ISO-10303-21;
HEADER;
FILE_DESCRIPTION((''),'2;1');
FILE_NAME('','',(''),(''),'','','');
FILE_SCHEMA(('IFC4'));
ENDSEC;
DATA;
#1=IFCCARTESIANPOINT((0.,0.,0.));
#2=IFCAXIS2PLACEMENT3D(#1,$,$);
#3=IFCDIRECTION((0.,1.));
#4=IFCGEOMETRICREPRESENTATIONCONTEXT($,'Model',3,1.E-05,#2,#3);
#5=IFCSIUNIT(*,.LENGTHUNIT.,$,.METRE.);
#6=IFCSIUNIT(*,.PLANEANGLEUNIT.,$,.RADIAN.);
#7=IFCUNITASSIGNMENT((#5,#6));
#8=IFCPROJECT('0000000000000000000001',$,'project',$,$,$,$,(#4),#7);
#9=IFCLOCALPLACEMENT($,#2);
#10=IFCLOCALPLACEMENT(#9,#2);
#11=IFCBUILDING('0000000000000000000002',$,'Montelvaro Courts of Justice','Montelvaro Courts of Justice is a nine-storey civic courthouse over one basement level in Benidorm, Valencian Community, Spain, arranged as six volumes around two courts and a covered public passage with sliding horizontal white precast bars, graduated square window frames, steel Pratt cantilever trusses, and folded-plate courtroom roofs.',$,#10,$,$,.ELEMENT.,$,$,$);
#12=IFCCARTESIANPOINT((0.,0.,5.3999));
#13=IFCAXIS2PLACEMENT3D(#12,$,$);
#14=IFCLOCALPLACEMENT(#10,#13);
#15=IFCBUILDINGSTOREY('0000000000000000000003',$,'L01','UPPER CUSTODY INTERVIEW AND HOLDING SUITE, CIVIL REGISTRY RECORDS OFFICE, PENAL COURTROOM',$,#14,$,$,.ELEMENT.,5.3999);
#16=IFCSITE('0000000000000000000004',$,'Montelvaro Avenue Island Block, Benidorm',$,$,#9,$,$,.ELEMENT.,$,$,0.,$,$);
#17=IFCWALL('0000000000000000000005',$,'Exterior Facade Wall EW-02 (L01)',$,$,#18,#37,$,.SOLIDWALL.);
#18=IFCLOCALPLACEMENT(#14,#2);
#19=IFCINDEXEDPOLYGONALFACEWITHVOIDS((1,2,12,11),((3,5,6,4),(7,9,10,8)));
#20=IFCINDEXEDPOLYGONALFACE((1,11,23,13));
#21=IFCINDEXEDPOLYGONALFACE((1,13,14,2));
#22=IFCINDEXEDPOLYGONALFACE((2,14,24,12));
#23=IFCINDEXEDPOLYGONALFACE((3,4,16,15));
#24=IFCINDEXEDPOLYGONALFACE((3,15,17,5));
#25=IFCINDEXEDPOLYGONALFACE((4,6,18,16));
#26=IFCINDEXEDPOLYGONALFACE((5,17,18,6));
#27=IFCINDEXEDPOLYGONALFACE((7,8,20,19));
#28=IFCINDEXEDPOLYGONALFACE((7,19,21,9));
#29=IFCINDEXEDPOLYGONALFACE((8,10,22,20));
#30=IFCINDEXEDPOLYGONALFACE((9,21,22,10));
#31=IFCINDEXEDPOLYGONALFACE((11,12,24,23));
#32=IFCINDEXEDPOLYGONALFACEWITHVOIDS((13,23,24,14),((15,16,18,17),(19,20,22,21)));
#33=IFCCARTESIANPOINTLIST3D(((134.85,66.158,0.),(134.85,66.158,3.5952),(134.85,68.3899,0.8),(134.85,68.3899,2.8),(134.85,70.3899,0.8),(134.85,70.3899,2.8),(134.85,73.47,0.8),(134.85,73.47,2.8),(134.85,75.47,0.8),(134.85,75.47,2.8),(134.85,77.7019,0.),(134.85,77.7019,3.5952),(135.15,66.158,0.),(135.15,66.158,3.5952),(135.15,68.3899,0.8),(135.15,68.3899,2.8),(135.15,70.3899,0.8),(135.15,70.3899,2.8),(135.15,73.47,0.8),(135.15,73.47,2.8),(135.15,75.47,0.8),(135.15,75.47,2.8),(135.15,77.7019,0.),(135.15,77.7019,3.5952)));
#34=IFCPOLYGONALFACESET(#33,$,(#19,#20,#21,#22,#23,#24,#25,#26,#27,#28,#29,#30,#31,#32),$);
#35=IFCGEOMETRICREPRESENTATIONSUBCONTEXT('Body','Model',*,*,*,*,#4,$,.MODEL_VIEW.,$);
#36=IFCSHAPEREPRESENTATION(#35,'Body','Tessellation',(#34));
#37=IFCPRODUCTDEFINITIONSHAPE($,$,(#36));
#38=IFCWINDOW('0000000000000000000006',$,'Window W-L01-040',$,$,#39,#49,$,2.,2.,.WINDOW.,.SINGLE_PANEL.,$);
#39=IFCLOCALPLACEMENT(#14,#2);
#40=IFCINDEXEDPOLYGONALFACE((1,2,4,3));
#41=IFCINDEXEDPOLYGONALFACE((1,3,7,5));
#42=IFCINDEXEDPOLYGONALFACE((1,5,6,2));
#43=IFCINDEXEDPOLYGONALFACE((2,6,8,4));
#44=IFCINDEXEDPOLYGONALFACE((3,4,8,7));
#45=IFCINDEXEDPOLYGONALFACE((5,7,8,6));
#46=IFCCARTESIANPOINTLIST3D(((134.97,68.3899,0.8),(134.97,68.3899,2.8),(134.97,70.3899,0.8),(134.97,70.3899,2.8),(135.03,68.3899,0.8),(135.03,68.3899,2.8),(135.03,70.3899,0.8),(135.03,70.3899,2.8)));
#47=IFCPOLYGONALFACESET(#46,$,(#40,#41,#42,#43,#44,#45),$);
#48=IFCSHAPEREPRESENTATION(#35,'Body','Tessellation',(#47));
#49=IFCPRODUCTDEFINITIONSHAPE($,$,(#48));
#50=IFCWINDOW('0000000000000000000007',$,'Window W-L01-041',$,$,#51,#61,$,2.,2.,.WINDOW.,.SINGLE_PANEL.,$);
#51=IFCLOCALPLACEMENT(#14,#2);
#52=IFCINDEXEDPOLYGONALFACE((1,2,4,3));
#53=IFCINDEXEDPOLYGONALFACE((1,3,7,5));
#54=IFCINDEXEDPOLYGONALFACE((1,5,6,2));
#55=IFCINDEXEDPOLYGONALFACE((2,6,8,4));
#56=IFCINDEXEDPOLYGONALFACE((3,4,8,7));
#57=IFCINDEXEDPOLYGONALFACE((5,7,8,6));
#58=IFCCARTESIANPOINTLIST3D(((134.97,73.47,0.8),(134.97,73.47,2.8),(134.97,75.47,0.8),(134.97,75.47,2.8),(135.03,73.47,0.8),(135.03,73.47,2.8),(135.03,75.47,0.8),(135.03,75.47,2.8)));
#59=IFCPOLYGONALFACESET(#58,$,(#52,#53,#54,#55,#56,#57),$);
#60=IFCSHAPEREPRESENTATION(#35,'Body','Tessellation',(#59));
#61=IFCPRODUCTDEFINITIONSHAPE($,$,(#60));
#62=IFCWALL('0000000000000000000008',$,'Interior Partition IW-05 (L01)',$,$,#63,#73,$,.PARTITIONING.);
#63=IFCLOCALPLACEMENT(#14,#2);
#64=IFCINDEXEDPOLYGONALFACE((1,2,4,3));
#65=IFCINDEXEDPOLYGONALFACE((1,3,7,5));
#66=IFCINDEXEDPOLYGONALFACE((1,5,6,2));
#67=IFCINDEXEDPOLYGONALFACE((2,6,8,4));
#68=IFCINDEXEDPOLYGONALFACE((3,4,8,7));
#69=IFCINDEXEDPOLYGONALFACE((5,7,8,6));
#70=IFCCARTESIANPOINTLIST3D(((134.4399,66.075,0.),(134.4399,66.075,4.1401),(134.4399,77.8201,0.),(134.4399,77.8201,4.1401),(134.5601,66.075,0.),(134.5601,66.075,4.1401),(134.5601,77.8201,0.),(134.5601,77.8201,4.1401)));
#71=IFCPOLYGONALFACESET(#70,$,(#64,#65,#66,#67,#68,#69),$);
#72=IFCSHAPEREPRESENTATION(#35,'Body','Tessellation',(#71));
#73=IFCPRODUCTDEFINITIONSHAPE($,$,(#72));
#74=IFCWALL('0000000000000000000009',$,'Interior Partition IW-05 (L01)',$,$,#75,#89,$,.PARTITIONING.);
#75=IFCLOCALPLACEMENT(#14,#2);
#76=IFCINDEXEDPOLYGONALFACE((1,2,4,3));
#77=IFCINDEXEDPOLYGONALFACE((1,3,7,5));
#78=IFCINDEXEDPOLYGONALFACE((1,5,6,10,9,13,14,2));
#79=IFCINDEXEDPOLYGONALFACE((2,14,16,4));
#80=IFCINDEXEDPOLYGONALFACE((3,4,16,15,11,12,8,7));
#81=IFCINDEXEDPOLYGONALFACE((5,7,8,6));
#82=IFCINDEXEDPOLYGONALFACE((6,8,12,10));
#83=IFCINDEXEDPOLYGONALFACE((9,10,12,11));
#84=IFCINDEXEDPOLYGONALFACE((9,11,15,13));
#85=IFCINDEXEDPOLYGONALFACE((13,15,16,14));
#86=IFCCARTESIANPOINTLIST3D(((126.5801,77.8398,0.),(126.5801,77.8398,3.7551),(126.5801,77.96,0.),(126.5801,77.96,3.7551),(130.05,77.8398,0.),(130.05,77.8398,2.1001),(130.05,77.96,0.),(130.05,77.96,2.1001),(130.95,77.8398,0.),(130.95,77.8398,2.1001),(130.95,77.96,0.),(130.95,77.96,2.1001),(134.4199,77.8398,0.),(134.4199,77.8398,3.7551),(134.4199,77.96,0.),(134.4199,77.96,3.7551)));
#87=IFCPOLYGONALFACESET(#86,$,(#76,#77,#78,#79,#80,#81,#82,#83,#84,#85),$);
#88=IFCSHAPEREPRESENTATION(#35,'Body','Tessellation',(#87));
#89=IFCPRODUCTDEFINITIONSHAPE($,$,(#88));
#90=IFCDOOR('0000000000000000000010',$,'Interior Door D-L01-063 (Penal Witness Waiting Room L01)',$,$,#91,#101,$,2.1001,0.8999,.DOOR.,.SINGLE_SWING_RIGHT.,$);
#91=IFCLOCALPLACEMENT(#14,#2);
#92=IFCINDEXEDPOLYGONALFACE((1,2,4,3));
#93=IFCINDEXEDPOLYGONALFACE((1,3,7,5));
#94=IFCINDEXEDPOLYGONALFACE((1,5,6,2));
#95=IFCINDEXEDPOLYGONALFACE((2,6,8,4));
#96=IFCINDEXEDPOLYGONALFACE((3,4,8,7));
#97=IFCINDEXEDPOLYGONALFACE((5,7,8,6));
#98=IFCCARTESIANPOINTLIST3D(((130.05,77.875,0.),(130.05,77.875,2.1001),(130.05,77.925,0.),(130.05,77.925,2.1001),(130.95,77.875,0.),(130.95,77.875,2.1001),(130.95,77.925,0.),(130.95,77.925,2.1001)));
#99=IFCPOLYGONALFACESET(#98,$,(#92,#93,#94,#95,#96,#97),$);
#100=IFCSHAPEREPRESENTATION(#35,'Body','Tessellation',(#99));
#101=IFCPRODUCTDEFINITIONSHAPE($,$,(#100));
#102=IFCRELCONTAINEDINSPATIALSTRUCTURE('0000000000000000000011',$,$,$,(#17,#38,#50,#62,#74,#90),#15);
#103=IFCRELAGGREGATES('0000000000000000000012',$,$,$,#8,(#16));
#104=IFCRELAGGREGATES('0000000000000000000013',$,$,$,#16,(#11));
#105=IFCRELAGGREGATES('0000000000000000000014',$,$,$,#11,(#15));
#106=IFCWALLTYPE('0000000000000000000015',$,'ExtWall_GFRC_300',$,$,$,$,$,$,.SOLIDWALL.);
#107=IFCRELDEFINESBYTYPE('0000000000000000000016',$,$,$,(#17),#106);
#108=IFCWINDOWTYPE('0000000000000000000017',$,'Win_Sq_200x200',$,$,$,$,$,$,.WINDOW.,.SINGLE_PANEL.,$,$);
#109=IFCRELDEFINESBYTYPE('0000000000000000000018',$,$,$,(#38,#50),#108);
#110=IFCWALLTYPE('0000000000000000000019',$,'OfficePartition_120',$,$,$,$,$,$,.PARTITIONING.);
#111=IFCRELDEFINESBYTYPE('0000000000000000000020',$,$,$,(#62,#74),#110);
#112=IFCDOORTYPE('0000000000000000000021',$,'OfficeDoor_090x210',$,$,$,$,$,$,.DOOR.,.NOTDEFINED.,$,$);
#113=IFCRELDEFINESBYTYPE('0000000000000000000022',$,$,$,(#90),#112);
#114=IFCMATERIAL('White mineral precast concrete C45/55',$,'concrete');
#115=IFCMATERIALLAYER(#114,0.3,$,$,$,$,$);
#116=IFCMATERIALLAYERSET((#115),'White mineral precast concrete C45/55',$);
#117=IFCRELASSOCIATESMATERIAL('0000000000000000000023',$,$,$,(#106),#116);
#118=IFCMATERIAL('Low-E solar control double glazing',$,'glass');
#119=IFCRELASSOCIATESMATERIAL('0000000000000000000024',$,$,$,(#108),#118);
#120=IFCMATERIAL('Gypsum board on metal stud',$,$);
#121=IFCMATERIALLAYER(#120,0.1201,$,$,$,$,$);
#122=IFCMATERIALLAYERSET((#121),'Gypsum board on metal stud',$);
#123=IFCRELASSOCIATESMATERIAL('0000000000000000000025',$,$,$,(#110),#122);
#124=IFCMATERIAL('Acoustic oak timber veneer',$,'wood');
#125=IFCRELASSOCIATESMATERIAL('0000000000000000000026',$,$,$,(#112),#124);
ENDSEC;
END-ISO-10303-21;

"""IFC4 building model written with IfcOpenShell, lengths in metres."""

from ifc_helpers import new_model, si_unit, direction, frame, frame_2d, origin, place, context, subcontext, project, spatial, rectangle, extrude, material, layer, layer_set, type_object, element, fill, save


model = new_model("IFC4")

# Units and contexts
model_context = context("Model", 3, precision=1e-05, world=origin(), true_north=direction((0.0, 1.0)))
body_context = subcontext(model_context, "Body", "Model", "MODEL_VIEW")
ifc_project = project(units=[si_unit("LENGTHUNIT", "METRE"), si_unit("PLANEANGLEUNIT", "RADIAN")], contexts=[model_context])

# Site, building, storey
site_placement = place(None, origin())
site = spatial("IfcSite", under=ifc_project, at=site_placement, Name="Montelvaro Avenue Island Block, Benidorm", CompositionType="ELEMENT", RefElevation=0.0)
building_placement = place(site_placement, origin())
building = spatial("IfcBuilding", under=site, at=building_placement, Name="Montelvaro Courts of Justice", Description="Montelvaro Courts of Justice is a nine-storey civic courthouse over one basement level in Benidorm, Valencian Community, Spain, arranged as six volumes around two courts and a covered public passage with sliding horizontal white precast bars, graduated square window frames, steel Pratt cantilever trusses, and folded-plate courtroom roofs.", CompositionType="ELEMENT")
storey_placement = place(building_placement, frame((0.0, 0.0, 5.3999)))
storey = spatial("IfcBuildingStorey", under=building, at=storey_placement, Name="L01", Description="UPPER CUSTODY INTERVIEW AND HOLDING SUITE, CIVIL REGISTRY RECORDS OFFICE, PENAL COURTROOM", CompositionType="ELEMENT", Elevation=5.3999)

# Shared definitions
ifc_material_1 = material(Name="White mineral precast concrete C45/55", Category="concrete")

# Wall, openings, windows
ifc_layer_1 = layer(ifc_material_1, 0.3)
ifc_layer_set_1 = layer_set([ifc_layer_1], Name="White mineral precast concrete C45/55")
wall_type_1 = type_object("IfcWallType", Name="ExtWall_GFRC_300", PredefinedType="SOLIDWALL", material=ifc_layer_set_1)
wall_1_placement = place(storey_placement, frame((135.0, 66.158, 0.0), z_axis=(0.0, 0.0, 1.0), x_axis=(0.0, 1.0, 0.0)))
wall_1 = element("IfcWall", 1, at=wall_1_placement, inside=storey, type_object=wall_type_1, Name="Exterior Facade Wall EW-02 (L01)", PredefinedType="SOLIDWALL", context=body_context, shape_type="SweptSolid", body=[
    extrude(rectangle(XDim=11.5439, YDim=0.3, at=frame_2d((5.772, 0.0))), origin(), (0.0, 0.0, 1.0), 3.5952),
])
opening_1_placement = place(wall_1_placement, frame((2.2319, 0.0, 0.8)))
opening_1 = element("IfcOpeningElement", 2, at=opening_1_placement, cuts=wall_1, PredefinedType="OPENING", context=body_context, shape_type="SweptSolid", body=[
    extrude(rectangle(XDim=2.0, YDim=2.0, at=frame_2d((1.0, 1.0))), frame((0.0, 0.165, 0.0), z_axis=(0.0, -1.0, 0.0), x_axis=(1.0, 0.0, 0.0)), (0.0, 0.0, 1.0), 0.3298),
])
opening_2_placement = place(wall_1_placement, frame((7.312, 0.0, 0.8)))
opening_2 = element("IfcOpeningElement", 3, at=opening_2_placement, cuts=wall_1, PredefinedType="OPENING", context=body_context, shape_type="SweptSolid", body=[
    extrude(rectangle(XDim=2.0, YDim=2.0, at=frame_2d((1.0, 1.0))), frame((0.0, 0.165, 0.0), z_axis=(0.0, -1.0, 0.0), x_axis=(1.0, 0.0, 0.0)), (0.0, 0.0, 1.0), 0.3298),
])
ifc_material_2 = material(Name="Low-E solar control double glazing", Category="glass")
window_type = type_object("IfcWindowType", Name="Win_Sq_200x200", PartitioningType="SINGLE_PANEL", PredefinedType="WINDOW", material=ifc_material_2)
window_1_placement = place(opening_1_placement, origin())
window_1 = element("IfcWindow", 4, at=window_1_placement, inside=storey, type_object=window_type, Name="Window W-L01-040", OverallHeight=2.0, OverallWidth=2.0, PartitioningType="SINGLE_PANEL", PredefinedType="WINDOW", context=body_context, shape_type="SweptSolid", body=[
    extrude(rectangle(XDim=2.0, YDim=2.0, at=frame_2d((1.0, 1.0))), frame((0.0, 0.03, 0.0), z_axis=(0.0, -1.0, 0.0), x_axis=(1.0, 0.0, 0.0)), (0.0, 0.0, 1.0), 0.0601),
])
fill(opening_1, window_1)
window_2_placement = place(opening_2_placement, origin())
window_2 = element("IfcWindow", 5, at=window_2_placement, inside=storey, type_object=window_type, Name="Window W-L01-041", OverallHeight=2.0, OverallWidth=2.0, PartitioningType="SINGLE_PANEL", PredefinedType="WINDOW", context=body_context, shape_type="SweptSolid", body=[
    extrude(rectangle(XDim=2.0, YDim=2.0, at=frame_2d((1.0, 1.0))), frame((0.0, 0.03, 0.0), z_axis=(0.0, -1.0, 0.0), x_axis=(1.0, 0.0, 0.0)), (0.0, 0.0, 1.0), 0.0601),
])
fill(opening_2, window_2)

# Wall
ifc_material_3 = material(Name="Gypsum board on metal stud")
ifc_layer_2 = layer(ifc_material_3, 0.1201)
ifc_layer_set_2 = layer_set([ifc_layer_2], Name="Gypsum board on metal stud")
wall_type_2 = type_object("IfcWallType", Name="OfficePartition_120", PredefinedType="PARTITIONING", material=ifc_layer_set_2)
wall_2_placement = place(storey_placement, frame((134.5, 77.8201, 0.0), z_axis=(0.0, 0.0, 1.0), x_axis=(0.0, -1.0, 0.0)))
element("IfcWall", 6, at=wall_2_placement, inside=storey, type_object=wall_type_2, Name="Interior Partition IW-05 (L01)", PredefinedType="PARTITIONING", context=body_context, shape_type="SweptSolid", body=[
    extrude(rectangle(XDim=11.7451, YDim=0.1201, at=frame_2d((5.8726, 0.0))), origin(), (0.0, 0.0, 1.0), 4.1401),
])

# Wall, opening, door
wall_3_placement = place(storey_placement, frame((126.5801, 77.8999, 0.0), z_axis=(0.0, 0.0, 1.0), x_axis=(1.0, 0.0, 0.0)))
wall_3 = element("IfcWall", 7, at=wall_3_placement, inside=storey, type_object=wall_type_2, Name="Interior Partition IW-05 (L01)", PredefinedType="PARTITIONING", context=body_context, shape_type="SweptSolid", body=[
    extrude(rectangle(XDim=7.8398, YDim=0.1201, at=frame_2d((3.9199, 0.0))), origin(), (0.0, 0.0, 1.0), 3.7551),
])
opening_3_placement = place(wall_3_placement, frame((3.47, 0.0, 0.0)))
opening_3 = element("IfcOpeningElement", 8, at=opening_3_placement, cuts=wall_3, PredefinedType="OPENING", context=body_context, shape_type="SweptSolid", body=[
    extrude(rectangle(XDim=0.8999, YDim=2.1001, at=frame_2d((0.45, 1.05))), frame((0.0, 0.075, 0.0), z_axis=(0.0, -1.0, 0.0), x_axis=(1.0, 0.0, 0.0)), (0.0, 0.0, 1.0), 0.1499),
])
ifc_material_4 = material(Name="Acoustic oak timber veneer", Category="wood")
door_type = type_object("IfcDoorType", Name="OfficeDoor_090x210", OperationType="NOTDEFINED", PredefinedType="DOOR", material=ifc_material_4)
door_placement = place(opening_3_placement, frame((0.8999, 0.0, 0.0), z_axis=(0.0, 0.0, 1.0), x_axis=(-1.0, 0.0, 0.0)))
door = element("IfcDoor", 9, at=door_placement, inside=storey, type_object=door_type, Name="Interior Door D-L01-063 (Penal Witness Waiting Room L01)", OperationType="SINGLE_SWING_RIGHT", OverallHeight=2.1001, OverallWidth=0.8999, PredefinedType="DOOR", context=body_context, shape_type="SweptSolid", body=[
    extrude(rectangle(XDim=0.8999, YDim=2.1001, at=frame_2d((0.45, 1.05))), frame((0.0, 0.0249, 0.0), z_axis=(0.0, -1.0, 0.0), x_axis=(1.0, 0.0, 0.0)), (0.0, 0.0, 1.0), 0.05),
])
fill(opening_3, door)

save(model, "model.ifc")
